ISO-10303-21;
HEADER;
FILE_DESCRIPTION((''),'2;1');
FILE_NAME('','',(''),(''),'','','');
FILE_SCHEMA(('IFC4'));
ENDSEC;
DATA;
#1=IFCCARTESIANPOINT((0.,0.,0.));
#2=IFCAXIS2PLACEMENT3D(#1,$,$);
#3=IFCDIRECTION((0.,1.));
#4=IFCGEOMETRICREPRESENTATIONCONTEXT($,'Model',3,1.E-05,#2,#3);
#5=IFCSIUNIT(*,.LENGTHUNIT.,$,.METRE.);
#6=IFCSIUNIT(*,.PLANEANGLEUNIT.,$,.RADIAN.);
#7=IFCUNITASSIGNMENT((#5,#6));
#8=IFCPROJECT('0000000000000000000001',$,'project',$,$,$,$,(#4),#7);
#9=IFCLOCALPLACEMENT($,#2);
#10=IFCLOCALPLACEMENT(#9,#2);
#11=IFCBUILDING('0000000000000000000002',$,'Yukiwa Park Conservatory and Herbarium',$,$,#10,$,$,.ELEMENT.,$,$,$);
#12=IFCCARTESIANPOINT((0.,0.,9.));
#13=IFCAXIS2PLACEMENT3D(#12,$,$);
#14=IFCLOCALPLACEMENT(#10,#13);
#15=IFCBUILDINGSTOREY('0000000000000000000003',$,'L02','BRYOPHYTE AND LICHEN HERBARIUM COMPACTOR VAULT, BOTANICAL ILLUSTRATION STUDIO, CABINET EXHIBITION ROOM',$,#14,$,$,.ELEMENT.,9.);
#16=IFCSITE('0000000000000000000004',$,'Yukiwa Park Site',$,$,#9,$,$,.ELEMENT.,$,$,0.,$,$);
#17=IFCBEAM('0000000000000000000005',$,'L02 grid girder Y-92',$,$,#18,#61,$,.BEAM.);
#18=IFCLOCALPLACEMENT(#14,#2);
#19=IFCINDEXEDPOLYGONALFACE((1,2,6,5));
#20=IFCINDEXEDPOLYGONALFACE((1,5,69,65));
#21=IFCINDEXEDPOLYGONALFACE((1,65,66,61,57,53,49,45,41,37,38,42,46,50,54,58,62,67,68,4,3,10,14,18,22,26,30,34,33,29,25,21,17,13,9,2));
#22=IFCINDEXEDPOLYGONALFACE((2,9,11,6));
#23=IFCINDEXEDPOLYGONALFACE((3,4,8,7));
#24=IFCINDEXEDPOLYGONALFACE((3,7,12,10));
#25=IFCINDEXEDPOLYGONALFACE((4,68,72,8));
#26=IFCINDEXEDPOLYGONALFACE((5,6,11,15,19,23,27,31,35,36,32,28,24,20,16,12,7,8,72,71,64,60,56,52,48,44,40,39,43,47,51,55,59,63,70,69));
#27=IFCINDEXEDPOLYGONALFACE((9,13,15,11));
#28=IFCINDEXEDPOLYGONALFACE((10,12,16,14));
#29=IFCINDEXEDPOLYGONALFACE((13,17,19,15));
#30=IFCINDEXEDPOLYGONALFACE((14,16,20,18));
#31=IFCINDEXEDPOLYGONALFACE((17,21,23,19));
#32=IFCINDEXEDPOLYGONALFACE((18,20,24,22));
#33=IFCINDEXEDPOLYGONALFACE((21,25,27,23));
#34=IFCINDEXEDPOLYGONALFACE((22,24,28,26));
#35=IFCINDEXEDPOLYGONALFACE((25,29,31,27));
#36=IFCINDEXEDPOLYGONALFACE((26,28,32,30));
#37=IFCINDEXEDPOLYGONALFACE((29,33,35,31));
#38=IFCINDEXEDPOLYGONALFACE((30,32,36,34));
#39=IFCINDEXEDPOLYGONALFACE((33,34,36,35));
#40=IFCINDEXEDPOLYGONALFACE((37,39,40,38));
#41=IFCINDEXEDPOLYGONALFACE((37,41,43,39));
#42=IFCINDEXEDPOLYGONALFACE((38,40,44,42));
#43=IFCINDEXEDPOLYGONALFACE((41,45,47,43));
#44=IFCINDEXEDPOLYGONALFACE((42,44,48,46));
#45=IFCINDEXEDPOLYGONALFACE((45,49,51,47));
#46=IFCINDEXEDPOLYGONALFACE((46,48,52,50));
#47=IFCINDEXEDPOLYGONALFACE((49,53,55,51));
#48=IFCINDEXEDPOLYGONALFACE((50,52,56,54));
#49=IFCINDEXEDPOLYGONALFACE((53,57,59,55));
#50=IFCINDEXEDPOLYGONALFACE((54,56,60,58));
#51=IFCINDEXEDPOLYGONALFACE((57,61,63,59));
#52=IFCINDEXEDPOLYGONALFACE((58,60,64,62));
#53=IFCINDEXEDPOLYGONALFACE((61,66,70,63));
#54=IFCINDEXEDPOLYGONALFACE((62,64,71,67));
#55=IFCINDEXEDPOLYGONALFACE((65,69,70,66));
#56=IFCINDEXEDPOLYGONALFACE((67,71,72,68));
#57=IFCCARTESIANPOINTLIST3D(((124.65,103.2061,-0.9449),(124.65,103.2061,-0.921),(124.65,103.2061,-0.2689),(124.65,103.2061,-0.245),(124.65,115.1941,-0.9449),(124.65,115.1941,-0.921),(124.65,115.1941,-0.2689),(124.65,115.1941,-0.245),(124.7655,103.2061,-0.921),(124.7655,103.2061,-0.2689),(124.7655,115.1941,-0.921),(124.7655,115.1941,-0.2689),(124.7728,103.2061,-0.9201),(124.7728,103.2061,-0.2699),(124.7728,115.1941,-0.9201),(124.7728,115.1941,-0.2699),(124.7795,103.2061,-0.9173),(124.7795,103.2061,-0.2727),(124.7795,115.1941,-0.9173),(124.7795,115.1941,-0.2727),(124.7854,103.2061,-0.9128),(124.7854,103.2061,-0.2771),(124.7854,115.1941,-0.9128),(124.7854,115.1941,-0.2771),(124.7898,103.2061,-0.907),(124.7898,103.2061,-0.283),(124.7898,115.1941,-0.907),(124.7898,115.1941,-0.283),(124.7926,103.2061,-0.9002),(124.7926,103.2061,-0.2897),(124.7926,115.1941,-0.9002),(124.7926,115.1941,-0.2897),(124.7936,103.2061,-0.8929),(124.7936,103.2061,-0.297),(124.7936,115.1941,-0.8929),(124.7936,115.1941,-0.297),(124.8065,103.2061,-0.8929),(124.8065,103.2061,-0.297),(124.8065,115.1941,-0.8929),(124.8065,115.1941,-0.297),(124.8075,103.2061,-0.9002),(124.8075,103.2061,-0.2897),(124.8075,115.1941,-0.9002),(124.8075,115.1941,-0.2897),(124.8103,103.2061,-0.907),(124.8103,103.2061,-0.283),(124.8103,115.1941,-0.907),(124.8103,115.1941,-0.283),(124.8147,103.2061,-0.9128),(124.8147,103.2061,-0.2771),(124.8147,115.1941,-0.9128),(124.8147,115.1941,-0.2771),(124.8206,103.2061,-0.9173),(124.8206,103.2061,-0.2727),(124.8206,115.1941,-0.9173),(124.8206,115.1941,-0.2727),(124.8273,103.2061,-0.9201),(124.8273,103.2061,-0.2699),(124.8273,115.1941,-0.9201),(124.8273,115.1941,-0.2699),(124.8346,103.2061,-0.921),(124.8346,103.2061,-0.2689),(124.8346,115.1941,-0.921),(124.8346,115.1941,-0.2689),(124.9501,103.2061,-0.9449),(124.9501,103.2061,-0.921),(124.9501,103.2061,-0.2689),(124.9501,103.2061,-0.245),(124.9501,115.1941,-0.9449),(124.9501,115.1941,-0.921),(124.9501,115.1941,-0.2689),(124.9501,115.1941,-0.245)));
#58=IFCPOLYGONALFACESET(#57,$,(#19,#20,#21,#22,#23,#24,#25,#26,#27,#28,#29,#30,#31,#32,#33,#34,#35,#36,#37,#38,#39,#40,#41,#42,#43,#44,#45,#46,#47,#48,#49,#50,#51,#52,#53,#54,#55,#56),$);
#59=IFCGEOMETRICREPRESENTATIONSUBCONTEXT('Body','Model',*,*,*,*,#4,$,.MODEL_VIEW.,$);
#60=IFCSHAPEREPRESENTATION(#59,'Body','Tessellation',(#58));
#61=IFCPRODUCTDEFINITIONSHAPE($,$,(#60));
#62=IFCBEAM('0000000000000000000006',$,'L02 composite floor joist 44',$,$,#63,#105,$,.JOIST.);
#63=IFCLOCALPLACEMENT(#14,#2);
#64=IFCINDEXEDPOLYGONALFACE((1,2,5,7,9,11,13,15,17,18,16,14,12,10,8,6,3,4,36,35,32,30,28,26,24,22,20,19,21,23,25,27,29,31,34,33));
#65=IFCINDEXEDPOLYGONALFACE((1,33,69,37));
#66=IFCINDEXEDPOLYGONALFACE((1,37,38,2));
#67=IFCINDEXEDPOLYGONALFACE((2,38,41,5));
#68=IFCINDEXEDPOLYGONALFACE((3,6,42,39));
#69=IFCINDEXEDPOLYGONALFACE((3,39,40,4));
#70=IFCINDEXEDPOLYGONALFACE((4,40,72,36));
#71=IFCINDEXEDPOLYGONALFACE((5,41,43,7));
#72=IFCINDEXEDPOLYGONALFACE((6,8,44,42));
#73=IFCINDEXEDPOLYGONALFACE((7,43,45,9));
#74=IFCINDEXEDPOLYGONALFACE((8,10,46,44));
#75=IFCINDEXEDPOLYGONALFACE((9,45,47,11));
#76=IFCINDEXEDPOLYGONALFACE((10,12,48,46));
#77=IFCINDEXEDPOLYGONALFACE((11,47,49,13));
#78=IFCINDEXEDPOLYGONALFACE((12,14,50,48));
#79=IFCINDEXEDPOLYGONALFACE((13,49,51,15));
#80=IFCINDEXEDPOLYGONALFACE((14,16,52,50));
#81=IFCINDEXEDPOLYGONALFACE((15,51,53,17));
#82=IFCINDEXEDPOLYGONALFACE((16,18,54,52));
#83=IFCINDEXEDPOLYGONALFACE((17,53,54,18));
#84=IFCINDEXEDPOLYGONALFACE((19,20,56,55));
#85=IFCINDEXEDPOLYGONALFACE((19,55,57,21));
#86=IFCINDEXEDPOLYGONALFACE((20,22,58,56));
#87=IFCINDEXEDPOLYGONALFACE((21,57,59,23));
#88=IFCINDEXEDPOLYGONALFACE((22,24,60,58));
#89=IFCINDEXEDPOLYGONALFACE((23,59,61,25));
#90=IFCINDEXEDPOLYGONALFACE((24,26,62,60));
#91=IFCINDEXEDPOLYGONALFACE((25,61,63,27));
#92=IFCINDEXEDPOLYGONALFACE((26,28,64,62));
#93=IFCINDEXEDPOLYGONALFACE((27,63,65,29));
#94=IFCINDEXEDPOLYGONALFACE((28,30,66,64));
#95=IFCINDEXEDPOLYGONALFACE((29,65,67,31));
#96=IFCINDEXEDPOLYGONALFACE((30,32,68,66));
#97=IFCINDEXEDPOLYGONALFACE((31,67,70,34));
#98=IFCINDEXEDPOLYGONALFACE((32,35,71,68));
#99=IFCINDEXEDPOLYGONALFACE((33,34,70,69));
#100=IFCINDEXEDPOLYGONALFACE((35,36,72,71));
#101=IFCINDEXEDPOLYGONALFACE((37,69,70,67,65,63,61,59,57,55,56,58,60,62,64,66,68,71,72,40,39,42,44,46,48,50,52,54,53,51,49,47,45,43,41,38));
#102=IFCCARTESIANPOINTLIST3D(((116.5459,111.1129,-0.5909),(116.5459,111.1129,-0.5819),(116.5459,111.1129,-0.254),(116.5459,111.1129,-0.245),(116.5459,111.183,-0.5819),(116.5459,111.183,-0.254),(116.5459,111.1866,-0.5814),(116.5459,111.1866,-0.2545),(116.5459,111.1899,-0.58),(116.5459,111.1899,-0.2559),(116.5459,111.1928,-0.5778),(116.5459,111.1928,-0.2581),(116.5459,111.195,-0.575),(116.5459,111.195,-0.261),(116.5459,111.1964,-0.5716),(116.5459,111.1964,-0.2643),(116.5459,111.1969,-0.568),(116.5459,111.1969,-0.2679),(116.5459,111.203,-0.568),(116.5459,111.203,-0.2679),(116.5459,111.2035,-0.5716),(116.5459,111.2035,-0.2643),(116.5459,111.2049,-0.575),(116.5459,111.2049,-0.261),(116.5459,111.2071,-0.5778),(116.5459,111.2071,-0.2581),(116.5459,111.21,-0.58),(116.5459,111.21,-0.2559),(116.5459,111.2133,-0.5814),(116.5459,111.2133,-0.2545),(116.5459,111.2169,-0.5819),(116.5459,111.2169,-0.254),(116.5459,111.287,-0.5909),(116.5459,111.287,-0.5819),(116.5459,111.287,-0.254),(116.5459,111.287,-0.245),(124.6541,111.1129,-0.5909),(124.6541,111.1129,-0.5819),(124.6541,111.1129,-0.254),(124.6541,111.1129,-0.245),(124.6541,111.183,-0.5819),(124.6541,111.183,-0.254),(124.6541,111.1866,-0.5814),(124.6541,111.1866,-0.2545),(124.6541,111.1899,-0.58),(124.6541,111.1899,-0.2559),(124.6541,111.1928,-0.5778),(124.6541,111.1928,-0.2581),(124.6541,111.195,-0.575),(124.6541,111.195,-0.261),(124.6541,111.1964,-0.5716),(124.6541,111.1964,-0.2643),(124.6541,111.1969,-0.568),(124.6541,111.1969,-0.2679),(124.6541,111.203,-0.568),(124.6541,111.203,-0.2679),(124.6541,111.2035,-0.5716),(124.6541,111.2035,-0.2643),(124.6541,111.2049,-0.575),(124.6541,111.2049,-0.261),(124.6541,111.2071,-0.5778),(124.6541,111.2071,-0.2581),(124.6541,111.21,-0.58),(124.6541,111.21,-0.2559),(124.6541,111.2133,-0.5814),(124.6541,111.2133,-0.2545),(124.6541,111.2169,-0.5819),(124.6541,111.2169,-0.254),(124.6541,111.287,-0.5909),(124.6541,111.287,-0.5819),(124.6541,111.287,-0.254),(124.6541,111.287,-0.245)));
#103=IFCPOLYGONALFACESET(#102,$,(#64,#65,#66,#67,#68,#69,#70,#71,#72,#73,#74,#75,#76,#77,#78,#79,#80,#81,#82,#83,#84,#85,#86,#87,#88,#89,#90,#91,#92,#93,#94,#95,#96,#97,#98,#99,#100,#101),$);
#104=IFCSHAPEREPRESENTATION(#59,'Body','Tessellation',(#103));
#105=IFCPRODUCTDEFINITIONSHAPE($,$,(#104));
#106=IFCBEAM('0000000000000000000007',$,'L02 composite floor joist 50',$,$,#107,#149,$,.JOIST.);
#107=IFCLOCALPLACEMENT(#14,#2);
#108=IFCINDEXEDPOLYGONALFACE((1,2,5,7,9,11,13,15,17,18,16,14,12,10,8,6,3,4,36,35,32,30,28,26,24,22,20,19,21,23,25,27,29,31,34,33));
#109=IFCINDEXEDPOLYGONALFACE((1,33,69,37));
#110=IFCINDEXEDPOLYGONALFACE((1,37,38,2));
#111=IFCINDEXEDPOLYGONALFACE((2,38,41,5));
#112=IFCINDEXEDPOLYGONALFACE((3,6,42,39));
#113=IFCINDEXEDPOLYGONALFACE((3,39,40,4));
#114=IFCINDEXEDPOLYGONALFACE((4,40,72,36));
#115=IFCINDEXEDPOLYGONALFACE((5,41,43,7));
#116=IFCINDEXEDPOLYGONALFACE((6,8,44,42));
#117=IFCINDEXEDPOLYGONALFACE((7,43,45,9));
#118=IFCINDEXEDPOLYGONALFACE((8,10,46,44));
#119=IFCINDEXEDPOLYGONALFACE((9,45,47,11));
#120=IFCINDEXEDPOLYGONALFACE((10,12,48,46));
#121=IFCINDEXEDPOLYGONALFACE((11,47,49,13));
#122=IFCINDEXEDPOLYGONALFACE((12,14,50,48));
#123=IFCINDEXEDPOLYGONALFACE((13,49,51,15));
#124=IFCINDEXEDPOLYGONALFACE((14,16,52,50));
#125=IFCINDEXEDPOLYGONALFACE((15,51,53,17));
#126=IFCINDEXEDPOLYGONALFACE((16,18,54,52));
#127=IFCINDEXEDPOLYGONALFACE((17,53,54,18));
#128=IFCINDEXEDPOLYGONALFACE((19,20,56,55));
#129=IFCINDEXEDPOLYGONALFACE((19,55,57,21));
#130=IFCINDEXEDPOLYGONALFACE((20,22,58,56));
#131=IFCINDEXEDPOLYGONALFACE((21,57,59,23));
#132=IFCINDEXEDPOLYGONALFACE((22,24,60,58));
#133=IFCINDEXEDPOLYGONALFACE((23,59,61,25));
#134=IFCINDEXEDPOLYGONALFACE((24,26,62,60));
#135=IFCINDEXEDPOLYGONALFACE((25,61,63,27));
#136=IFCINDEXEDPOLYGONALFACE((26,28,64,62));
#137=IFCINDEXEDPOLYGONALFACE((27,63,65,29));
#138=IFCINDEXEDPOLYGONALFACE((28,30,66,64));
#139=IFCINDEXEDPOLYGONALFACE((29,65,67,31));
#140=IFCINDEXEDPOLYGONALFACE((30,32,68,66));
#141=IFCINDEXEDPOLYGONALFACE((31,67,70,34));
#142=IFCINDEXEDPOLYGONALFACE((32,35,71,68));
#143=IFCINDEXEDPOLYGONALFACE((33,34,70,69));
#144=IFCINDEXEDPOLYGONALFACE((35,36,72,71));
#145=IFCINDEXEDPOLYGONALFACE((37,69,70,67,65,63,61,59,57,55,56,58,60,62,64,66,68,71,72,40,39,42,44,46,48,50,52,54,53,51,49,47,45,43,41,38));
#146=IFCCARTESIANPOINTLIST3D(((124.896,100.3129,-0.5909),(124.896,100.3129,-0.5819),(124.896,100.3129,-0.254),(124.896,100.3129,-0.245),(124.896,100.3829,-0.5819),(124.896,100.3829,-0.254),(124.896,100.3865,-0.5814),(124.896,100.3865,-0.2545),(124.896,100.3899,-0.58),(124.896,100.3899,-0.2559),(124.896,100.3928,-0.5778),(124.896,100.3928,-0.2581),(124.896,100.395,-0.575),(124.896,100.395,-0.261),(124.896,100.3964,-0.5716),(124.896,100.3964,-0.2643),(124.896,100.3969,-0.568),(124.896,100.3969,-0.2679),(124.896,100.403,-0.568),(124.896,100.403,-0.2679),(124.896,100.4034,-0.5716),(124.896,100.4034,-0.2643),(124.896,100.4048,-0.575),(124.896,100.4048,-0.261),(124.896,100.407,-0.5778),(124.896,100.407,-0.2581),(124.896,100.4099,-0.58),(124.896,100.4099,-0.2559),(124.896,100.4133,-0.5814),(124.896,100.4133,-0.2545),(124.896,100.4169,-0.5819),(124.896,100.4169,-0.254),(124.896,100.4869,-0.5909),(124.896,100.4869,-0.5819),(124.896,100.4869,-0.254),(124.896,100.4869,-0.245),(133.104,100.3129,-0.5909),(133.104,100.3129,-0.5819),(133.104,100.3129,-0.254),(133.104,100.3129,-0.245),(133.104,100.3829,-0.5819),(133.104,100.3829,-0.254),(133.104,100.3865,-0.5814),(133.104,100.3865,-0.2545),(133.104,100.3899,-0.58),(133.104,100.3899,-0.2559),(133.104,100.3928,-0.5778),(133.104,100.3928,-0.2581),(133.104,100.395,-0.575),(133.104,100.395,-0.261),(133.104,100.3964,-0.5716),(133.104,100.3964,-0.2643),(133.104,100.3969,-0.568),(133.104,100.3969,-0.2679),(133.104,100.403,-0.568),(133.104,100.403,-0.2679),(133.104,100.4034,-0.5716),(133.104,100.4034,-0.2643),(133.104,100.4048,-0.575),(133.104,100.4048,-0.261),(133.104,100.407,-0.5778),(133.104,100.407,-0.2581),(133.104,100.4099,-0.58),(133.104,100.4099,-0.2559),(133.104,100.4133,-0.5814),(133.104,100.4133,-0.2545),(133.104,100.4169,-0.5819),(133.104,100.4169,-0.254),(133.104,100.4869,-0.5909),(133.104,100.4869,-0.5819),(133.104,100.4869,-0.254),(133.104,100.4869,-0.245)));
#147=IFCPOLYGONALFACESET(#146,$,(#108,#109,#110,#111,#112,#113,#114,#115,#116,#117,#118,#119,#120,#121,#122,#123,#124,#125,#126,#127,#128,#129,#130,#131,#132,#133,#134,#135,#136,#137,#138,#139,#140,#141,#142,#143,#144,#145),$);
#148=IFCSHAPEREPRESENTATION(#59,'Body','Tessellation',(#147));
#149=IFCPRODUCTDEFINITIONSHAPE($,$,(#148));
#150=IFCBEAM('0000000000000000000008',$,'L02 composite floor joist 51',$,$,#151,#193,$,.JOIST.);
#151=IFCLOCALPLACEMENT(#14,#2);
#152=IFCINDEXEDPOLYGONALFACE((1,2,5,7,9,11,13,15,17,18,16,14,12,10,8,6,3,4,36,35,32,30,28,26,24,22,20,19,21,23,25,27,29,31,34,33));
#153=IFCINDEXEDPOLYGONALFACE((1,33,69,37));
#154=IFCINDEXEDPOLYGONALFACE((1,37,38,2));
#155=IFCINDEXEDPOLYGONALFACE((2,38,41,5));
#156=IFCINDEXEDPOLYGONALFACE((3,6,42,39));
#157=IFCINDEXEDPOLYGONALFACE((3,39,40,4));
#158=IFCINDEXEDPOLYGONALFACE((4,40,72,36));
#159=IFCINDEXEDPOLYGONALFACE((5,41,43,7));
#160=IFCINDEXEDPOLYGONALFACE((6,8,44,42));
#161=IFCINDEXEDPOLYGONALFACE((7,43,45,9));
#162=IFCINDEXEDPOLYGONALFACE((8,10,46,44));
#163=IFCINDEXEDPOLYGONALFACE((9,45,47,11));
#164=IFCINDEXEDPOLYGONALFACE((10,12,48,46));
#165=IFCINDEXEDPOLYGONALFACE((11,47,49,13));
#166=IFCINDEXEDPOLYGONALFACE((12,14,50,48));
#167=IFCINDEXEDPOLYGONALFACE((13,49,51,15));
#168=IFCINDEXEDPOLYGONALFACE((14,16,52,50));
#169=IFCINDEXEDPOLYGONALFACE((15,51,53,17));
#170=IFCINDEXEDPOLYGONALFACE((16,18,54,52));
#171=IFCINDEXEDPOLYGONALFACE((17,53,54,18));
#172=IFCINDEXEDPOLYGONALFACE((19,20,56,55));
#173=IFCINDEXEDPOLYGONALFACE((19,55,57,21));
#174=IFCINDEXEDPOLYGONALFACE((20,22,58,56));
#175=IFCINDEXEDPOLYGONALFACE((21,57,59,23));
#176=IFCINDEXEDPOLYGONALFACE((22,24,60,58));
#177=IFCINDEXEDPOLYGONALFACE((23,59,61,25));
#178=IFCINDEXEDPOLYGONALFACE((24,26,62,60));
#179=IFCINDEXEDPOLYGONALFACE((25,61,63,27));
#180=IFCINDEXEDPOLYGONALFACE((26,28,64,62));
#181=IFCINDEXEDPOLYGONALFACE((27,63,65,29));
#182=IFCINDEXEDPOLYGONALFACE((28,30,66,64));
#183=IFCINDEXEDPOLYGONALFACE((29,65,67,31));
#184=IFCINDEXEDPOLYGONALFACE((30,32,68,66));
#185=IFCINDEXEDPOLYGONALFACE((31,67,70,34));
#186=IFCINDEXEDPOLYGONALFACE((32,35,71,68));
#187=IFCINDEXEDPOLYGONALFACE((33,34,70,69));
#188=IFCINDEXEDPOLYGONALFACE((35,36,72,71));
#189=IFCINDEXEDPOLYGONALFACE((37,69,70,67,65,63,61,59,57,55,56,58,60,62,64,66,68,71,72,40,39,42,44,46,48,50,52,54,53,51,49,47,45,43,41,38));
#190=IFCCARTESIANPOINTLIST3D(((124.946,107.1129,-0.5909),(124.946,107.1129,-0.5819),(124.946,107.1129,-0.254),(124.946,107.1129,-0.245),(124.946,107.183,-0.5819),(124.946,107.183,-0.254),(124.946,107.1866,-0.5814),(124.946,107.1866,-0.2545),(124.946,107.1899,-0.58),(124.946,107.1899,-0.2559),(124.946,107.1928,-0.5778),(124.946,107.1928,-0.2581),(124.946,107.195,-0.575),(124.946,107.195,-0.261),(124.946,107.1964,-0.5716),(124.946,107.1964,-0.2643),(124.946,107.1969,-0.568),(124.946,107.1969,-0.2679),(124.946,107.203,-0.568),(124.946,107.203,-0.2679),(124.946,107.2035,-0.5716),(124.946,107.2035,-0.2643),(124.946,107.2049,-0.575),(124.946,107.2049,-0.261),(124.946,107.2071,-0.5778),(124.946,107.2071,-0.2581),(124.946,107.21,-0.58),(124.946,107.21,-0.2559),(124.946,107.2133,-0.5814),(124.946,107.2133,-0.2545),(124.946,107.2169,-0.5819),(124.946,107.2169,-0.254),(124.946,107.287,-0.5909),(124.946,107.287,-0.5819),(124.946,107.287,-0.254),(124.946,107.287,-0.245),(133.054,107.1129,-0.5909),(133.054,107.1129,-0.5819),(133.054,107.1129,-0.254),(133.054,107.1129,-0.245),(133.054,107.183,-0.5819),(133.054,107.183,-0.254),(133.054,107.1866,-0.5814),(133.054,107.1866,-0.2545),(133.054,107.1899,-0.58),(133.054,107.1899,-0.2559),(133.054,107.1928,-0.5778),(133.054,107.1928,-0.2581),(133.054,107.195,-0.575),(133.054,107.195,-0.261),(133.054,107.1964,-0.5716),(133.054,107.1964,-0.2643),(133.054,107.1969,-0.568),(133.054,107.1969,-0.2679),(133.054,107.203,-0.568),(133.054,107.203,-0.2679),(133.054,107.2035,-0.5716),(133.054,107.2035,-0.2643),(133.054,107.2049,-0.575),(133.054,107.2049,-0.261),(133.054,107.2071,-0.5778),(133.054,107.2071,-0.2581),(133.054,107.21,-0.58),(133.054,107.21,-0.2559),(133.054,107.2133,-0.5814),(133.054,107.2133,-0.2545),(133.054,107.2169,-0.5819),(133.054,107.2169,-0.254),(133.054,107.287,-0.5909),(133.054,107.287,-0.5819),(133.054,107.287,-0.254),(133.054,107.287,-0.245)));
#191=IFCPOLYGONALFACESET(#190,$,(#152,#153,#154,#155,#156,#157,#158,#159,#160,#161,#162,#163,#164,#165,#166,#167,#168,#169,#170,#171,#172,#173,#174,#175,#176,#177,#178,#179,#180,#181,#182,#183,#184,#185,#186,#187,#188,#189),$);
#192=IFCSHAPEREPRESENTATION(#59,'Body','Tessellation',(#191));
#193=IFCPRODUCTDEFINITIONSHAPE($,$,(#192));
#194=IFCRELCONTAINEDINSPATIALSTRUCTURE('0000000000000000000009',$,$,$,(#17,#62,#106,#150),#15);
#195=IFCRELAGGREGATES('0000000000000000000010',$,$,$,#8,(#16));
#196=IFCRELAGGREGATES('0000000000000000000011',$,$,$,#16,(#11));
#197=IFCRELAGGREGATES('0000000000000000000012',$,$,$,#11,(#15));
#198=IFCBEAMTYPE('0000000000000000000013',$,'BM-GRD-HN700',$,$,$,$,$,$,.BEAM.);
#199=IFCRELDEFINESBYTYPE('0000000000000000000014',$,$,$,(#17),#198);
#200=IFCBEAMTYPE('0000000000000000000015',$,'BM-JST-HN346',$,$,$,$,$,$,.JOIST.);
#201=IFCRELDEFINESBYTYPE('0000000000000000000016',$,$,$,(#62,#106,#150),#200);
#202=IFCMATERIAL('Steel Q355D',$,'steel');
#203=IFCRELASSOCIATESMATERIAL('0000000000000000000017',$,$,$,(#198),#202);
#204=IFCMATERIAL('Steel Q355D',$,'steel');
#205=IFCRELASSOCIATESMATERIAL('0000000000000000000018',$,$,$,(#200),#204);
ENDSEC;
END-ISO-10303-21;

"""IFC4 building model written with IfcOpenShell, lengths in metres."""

from ifc_helpers import new_model, si_unit, direction, frame, origin, origin_2d, place, context, subcontext, project, spatial, i_section, extrude, material, material_profile, profile_set, type_object, element, save


model = new_model("IFC4")

# Units and contexts
model_context = context("Model", 3, precision=1e-05, world=origin(), true_north=direction((0.0, 1.0)))
body_context = subcontext(model_context, "Body", "Model", "MODEL_VIEW")
ifc_project = project(units=[si_unit("LENGTHUNIT", "METRE"), si_unit("PLANEANGLEUNIT", "RADIAN")], contexts=[model_context])

# Site, building, storey
site_placement = place(None, origin())
site = spatial("IfcSite", under=ifc_project, at=site_placement, Name="Yukiwa Park Site", CompositionType="ELEMENT", RefElevation=0.0)
building_placement = place(site_placement, origin())
building = spatial("IfcBuilding", under=site, at=building_placement, Name="Yukiwa Park Conservatory and Herbarium", CompositionType="ELEMENT")
storey_placement = place(building_placement, frame((0.0, 0.0, 9.0)))
storey = spatial("IfcBuildingStorey", under=building, at=storey_placement, Name="L02", Description="BRYOPHYTE AND LICHEN HERBARIUM COMPACTOR VAULT, BOTANICAL ILLUSTRATION STUDIO, CABINET EXHIBITION ROOM", CompositionType="ELEMENT", Elevation=9.0)

# Beams
ifc_material_1 = material(Name="Steel Q355D", Category="steel")
ifc_material_profile_1 = material_profile(ifc_material_1, i_section(OverallWidth=0.3, OverallDepth=0.7, WebThickness=0.0129, FlangeThickness=0.0239, FilletRadius=0.0281, at=origin_2d()), Name="HN 700x300x13x24")
ifc_profile_set_1 = profile_set([ifc_material_profile_1], Name="Steel Q355D")
beam_type_1 = type_object("IfcBeamType", Name="BM-GRD-HN700", PredefinedType="BEAM", material=ifc_profile_set_1)
beam_1_placement = place(storey_placement, frame((124.8, 103.2061, -0.595), z_axis=(0.0, 1.0, 0.0), x_axis=(-1.0, 0.0, 0.0)))
element("IfcBeam", 1, at=beam_1_placement, inside=storey, type_object=beam_type_1, Name="L02 grid girder Y-92", PredefinedType="BEAM", context=body_context, shape_type="SweptSolid", body=[
    extrude(i_section(OverallWidth=0.3, OverallDepth=0.7, WebThickness=0.0129, FlangeThickness=0.0239, FilletRadius=0.0281, at=origin_2d()), origin(), (0.0, 0.0, 1.0), 11.988),
])
ifc_material_2 = material(Name="Steel Q355D", Category="steel")
ifc_material_profile_2 = material_profile(ifc_material_2, i_section(OverallWidth=0.1741, OverallDepth=0.3459, WebThickness=0.0061, FlangeThickness=0.009, FilletRadius=0.0139, at=origin_2d()), Name="HN 346x174x6x9")
ifc_profile_set_2 = profile_set([ifc_material_profile_2], Name="Steel Q355D")
beam_type_2 = type_object("IfcBeamType", Name="BM-JST-HN346", PredefinedType="JOIST", material=ifc_profile_set_2)
beam_2_placement = place(storey_placement, frame((116.5459, 111.2, -0.418), z_axis=(1.0, 0.0, 0.0), x_axis=(0.0, 1.0, 0.0)))
element("IfcBeam", 2, at=beam_2_placement, inside=storey, type_object=beam_type_2, Name="L02 composite floor joist 44", PredefinedType="JOIST", context=body_context, shape_type="SweptSolid", body=[
    extrude(i_section(OverallWidth=0.1741, OverallDepth=0.3459, WebThickness=0.0061, FlangeThickness=0.009, FilletRadius=0.0139, at=origin_2d()), origin(), (0.0, 0.0, 1.0), 8.1082),
])
beam_3_placement = place(storey_placement, frame((124.896, 100.3999, -0.418), z_axis=(1.0, 0.0, 0.0), x_axis=(0.0, 1.0, 0.0)))
element("IfcBeam", 3, at=beam_3_placement, inside=storey, type_object=beam_type_2, Name="L02 composite floor joist 50", PredefinedType="JOIST", context=body_context, shape_type="SweptSolid", body=[
    extrude(i_section(OverallWidth=0.1741, OverallDepth=0.3459, WebThickness=0.0061, FlangeThickness=0.009, FilletRadius=0.0139, at=origin_2d()), origin(), (0.0, 0.0, 1.0), 8.208),
])
for number, where, z_axis, x_axis, name in (
    (4, (124.946, 107.2, -0.418), (1.0, 0.0, 0.0), (0.0, 1.0, 0.0), "L02 composite floor joist 51"),
):
    element("IfcBeam", number, at=place(storey_placement, frame(where, z_axis=z_axis, x_axis=x_axis)), inside=storey, type_object=beam_type_2, Name=name, PredefinedType="JOIST", context=body_context, shape_type="SweptSolid", body=[
        extrude(i_section(OverallWidth=0.1741, OverallDepth=0.3459, WebThickness=0.0061, FlangeThickness=0.009, FilletRadius=0.0139, at=origin_2d()), origin(), (0.0, 0.0, 1.0), 8.1079),
    ])

save(model, "model.ifc")
